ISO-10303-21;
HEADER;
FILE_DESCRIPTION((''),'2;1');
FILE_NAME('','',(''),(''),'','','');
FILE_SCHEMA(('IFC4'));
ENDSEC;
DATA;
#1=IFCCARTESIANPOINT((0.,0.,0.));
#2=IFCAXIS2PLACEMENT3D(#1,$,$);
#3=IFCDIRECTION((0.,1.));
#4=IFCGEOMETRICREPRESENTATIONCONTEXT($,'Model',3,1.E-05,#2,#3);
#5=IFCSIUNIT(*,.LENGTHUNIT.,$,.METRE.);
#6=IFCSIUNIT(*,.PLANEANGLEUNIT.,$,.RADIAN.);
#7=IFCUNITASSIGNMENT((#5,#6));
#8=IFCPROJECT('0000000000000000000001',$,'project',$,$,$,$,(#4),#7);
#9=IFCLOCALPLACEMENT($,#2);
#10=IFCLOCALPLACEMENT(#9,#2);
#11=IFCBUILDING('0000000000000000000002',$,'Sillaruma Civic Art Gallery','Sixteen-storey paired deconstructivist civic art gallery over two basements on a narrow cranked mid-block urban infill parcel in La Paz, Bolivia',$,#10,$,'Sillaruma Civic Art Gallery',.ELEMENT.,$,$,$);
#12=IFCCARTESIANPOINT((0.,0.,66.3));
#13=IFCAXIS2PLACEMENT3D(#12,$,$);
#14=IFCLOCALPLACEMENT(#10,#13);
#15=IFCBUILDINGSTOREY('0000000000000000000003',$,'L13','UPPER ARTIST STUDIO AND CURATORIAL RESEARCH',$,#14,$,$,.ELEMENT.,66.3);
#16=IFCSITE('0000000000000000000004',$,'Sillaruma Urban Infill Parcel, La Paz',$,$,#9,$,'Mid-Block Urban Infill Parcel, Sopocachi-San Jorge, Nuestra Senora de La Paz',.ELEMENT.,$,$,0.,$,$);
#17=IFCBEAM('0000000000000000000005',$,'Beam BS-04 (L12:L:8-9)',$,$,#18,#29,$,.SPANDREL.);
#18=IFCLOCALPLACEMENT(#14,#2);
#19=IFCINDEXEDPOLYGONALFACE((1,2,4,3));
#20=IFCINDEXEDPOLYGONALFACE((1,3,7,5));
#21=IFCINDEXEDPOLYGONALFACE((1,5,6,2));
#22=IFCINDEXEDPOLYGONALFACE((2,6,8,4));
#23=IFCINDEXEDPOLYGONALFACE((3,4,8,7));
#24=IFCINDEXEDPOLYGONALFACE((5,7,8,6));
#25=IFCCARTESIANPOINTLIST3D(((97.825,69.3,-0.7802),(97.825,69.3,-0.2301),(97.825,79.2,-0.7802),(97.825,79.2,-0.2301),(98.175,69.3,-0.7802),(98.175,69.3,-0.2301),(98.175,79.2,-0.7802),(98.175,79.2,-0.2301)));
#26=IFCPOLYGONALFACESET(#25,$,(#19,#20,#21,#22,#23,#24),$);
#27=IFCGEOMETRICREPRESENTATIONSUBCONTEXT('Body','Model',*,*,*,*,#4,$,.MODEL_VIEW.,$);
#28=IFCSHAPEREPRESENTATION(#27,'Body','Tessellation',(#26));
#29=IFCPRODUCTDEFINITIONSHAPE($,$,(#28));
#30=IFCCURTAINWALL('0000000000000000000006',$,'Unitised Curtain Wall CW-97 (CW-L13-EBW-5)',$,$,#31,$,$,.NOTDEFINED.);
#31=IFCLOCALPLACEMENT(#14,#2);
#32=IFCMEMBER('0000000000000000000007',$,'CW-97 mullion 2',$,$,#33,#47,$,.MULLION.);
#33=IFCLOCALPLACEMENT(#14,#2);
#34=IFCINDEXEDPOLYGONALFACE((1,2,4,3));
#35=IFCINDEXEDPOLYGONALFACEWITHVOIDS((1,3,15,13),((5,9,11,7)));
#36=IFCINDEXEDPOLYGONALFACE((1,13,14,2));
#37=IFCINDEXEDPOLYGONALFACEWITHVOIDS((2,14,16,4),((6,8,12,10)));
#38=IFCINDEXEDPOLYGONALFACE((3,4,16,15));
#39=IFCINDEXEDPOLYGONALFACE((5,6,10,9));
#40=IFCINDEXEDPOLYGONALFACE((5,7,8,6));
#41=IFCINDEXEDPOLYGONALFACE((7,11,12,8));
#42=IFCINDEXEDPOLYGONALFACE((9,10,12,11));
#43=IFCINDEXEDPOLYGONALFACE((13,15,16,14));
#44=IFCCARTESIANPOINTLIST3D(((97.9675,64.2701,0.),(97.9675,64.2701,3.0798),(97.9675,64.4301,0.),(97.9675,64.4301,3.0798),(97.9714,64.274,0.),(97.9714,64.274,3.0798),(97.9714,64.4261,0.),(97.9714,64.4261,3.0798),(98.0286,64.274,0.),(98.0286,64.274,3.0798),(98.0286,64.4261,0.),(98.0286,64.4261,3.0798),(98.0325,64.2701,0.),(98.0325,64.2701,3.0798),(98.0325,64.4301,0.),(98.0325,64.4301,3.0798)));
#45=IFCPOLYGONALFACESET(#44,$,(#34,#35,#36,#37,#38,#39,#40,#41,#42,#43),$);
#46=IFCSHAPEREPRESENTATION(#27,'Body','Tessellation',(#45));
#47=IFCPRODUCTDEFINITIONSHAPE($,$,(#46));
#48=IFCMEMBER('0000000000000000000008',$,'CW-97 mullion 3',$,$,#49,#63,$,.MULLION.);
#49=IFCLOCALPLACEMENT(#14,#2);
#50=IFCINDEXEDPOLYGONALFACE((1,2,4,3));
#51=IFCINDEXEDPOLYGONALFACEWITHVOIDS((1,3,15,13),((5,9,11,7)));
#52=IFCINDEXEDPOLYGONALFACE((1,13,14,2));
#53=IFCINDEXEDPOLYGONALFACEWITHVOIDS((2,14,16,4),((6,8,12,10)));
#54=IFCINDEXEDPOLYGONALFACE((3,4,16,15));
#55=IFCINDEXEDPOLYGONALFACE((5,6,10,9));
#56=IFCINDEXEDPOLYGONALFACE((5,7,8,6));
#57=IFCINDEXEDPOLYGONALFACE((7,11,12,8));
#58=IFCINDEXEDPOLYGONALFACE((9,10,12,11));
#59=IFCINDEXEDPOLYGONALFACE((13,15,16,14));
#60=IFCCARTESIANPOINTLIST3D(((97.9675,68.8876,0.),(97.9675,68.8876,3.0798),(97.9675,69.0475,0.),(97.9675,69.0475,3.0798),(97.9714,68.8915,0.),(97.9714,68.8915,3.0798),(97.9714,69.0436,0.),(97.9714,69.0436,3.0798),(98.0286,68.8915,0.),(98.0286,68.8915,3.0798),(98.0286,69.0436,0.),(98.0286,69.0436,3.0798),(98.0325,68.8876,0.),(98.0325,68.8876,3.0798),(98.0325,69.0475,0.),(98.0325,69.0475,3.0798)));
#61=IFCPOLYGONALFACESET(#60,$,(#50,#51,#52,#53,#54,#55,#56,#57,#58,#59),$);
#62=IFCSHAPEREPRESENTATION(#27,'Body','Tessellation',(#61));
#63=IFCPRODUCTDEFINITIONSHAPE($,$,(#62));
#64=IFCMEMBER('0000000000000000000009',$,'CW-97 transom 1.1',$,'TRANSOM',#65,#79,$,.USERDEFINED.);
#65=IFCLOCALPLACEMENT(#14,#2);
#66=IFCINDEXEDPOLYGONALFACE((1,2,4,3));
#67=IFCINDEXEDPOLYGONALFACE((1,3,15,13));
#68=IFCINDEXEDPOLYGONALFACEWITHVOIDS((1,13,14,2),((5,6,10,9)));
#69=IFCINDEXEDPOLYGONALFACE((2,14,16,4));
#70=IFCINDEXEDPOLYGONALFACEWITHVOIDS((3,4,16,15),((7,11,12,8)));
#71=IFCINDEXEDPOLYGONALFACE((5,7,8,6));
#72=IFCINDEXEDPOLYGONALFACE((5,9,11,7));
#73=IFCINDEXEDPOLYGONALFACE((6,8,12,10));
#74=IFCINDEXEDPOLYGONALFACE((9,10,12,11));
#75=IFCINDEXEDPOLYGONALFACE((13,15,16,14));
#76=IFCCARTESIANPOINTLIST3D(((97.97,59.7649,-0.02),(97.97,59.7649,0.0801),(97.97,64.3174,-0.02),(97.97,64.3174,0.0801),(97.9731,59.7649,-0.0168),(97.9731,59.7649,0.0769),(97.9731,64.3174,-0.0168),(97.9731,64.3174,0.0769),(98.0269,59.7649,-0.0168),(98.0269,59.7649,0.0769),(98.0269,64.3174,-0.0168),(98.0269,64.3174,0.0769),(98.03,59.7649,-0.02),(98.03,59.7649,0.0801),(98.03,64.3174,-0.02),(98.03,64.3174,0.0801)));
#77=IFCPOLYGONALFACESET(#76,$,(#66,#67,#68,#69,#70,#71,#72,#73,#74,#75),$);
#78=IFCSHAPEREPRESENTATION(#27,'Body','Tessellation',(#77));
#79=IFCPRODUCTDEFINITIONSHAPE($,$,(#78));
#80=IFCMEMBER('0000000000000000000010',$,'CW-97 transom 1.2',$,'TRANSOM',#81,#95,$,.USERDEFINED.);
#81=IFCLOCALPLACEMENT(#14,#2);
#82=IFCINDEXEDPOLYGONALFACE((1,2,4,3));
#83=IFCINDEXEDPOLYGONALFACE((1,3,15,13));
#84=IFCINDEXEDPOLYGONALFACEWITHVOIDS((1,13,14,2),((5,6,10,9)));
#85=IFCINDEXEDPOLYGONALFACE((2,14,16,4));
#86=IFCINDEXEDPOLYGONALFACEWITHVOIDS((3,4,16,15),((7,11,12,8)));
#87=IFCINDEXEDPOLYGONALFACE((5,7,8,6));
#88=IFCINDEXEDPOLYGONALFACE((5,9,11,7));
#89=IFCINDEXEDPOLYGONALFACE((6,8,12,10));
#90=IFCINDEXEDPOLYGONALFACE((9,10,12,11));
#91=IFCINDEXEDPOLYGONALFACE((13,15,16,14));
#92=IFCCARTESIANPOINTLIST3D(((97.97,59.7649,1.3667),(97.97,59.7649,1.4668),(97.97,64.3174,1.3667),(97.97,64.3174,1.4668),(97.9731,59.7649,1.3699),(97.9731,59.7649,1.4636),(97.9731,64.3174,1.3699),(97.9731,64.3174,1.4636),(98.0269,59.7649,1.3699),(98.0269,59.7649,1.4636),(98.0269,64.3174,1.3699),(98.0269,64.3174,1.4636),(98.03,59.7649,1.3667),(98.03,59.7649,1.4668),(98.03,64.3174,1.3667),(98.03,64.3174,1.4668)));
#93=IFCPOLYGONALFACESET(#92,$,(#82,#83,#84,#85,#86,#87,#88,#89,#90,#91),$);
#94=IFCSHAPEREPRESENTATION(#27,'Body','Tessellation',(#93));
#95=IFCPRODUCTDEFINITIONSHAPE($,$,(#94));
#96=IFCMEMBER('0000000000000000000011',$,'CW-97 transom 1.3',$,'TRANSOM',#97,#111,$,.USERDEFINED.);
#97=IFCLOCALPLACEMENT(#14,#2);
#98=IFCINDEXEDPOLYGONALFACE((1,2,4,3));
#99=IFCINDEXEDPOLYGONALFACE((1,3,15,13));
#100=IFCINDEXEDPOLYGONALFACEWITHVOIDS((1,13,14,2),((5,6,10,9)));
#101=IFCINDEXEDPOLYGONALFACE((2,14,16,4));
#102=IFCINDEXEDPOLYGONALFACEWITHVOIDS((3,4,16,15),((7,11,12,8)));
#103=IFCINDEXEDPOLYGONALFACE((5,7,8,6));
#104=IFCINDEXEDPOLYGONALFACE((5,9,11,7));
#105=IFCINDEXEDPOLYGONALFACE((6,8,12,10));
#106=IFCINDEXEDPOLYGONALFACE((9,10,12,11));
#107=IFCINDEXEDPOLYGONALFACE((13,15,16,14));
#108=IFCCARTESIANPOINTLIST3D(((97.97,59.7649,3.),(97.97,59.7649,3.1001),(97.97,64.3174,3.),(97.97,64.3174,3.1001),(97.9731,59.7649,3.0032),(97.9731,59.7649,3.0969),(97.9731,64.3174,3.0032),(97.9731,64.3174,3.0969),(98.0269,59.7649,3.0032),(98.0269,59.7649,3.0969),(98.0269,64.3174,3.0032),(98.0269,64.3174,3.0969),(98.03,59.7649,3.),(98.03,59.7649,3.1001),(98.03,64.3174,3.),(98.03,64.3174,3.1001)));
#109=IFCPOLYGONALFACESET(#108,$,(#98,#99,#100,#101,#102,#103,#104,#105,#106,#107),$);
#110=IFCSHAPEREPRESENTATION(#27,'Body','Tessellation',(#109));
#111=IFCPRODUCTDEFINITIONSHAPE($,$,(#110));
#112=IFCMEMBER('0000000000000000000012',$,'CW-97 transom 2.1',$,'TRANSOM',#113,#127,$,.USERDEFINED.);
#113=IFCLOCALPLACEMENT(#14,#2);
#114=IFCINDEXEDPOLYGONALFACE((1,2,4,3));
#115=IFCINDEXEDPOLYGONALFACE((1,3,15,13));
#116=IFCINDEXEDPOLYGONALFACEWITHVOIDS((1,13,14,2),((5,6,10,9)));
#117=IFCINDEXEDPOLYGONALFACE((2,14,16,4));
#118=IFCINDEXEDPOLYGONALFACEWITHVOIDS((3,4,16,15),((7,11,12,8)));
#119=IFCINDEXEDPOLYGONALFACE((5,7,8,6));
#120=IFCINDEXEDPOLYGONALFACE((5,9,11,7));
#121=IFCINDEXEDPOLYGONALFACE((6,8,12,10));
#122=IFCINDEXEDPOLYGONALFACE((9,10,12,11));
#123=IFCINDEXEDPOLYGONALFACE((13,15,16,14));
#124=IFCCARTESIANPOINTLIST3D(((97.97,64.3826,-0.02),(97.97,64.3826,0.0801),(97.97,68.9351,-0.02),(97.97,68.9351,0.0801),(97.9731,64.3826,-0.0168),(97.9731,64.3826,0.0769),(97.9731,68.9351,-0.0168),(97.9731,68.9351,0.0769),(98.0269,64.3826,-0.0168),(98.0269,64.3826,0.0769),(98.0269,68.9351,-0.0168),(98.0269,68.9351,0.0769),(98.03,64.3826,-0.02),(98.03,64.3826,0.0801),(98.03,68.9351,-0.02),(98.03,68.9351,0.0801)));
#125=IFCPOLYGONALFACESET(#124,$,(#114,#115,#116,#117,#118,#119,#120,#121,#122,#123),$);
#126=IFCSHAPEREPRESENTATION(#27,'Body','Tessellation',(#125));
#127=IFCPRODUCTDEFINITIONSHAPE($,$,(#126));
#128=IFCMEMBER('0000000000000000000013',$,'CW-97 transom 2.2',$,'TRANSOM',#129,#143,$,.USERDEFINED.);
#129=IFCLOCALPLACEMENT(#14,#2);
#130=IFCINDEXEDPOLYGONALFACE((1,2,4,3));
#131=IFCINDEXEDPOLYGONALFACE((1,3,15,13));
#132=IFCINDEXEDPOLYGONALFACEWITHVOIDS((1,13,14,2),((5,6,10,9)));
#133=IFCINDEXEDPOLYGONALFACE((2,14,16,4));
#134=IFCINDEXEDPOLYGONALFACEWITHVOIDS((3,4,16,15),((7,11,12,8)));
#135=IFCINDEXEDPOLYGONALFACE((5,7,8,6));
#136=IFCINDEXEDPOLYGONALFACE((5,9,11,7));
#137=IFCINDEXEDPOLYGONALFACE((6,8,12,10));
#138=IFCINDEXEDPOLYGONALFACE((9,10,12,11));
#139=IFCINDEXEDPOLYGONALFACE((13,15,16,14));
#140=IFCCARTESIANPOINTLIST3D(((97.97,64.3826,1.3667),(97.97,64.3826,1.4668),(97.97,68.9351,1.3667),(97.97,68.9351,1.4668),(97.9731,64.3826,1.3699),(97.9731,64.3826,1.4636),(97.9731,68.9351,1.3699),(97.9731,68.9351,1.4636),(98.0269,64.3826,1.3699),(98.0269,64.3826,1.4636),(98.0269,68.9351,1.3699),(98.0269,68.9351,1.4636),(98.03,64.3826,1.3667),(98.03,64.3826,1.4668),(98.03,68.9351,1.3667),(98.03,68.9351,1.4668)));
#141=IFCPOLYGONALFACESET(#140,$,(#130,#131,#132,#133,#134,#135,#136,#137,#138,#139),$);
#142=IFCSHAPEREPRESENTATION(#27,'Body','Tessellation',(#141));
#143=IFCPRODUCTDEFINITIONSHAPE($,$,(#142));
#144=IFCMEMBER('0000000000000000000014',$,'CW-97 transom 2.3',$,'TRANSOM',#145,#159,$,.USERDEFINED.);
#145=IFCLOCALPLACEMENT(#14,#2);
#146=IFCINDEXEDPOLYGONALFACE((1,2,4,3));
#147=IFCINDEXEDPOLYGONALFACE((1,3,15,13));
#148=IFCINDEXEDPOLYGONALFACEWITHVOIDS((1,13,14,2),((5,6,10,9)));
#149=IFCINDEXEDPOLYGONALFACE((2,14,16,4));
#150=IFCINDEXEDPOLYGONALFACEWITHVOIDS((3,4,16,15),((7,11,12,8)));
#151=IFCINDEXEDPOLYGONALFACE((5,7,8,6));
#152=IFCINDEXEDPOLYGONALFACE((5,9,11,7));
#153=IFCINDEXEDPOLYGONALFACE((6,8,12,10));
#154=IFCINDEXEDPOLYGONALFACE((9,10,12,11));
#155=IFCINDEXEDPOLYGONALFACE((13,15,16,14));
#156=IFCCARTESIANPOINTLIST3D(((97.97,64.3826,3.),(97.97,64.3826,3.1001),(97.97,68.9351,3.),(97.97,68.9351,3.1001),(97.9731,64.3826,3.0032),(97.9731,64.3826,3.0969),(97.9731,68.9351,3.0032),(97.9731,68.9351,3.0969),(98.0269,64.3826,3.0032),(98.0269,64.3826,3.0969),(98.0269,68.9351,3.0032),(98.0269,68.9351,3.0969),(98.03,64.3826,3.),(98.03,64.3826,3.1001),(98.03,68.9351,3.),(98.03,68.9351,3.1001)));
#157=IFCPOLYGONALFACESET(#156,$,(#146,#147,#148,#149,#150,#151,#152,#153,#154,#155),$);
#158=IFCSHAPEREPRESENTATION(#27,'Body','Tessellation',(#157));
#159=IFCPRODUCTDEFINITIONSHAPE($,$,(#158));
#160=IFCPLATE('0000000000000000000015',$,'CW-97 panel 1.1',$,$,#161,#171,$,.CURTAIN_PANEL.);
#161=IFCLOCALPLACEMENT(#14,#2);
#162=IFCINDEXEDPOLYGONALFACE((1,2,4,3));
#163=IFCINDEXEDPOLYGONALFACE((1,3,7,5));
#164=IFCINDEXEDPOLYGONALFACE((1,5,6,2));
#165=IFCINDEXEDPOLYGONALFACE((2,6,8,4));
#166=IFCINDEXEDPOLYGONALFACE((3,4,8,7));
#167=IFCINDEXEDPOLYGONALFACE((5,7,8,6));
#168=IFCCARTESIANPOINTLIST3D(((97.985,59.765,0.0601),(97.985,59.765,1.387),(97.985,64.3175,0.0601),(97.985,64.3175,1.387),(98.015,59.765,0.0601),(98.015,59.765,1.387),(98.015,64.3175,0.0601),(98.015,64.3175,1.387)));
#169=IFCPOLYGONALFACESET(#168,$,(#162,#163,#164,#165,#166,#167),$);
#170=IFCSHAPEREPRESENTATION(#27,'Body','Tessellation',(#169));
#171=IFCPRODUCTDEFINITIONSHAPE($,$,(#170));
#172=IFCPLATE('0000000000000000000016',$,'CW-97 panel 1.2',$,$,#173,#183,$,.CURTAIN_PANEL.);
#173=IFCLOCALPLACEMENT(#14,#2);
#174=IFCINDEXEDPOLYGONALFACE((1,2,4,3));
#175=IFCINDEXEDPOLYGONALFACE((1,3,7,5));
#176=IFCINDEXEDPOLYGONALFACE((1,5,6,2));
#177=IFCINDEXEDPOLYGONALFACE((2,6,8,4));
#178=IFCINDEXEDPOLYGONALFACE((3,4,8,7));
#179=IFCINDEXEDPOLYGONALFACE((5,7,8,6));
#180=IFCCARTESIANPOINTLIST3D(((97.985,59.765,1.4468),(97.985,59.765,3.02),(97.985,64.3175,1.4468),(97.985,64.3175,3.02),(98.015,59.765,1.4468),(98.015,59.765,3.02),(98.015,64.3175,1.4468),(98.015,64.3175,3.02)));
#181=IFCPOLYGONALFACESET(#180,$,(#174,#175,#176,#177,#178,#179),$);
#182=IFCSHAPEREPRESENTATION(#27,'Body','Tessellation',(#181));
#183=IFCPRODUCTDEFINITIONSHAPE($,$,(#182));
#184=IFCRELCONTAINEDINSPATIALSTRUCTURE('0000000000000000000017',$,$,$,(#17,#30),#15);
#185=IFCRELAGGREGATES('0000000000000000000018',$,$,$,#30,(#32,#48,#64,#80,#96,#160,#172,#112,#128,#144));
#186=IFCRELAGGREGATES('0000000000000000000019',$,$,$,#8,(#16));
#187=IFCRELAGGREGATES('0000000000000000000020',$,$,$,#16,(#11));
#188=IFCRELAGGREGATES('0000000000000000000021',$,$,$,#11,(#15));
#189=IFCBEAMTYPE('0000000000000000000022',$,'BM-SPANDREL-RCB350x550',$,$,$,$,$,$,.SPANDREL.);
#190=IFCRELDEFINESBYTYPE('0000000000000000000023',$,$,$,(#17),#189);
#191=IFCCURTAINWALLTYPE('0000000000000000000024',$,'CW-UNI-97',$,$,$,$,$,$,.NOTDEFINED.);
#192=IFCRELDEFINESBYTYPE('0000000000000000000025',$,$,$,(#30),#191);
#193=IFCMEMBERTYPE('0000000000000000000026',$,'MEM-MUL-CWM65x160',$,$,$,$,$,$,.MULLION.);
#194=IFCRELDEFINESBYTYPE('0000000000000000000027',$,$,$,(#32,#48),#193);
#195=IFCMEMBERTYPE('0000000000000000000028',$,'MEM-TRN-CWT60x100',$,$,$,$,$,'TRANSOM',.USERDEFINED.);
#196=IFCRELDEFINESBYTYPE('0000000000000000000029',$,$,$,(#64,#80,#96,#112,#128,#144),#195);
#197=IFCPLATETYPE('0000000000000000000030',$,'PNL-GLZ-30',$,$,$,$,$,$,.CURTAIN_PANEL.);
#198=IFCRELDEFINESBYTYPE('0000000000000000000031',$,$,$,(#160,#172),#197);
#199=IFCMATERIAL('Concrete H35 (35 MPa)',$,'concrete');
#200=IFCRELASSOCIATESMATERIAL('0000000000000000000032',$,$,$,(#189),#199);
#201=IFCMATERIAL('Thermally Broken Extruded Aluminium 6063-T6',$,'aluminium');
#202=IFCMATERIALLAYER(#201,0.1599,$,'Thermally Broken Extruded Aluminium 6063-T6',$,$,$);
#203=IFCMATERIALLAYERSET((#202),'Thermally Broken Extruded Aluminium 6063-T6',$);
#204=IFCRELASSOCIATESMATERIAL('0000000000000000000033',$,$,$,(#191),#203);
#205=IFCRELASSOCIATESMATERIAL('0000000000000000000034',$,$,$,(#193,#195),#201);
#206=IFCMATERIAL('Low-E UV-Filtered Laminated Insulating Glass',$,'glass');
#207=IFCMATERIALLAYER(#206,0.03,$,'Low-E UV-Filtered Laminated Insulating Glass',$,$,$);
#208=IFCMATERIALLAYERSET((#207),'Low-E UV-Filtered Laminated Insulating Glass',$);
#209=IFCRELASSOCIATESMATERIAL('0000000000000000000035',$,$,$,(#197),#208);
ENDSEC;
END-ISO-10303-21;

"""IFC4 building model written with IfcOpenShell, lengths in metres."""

from ifc_helpers import new_model, si_unit, direction, frame, origin, origin_2d, place, context, subcontext, project, spatial, rectangle, hollow_rectangle, extrude, material, layer, layer_set, material_profile, profile_set, type_object, element, aggregate, save


model = new_model("IFC4")

# Units and contexts
model_context = context("Model", 3, precision=1e-05, world=origin(), true_north=direction((0.0, 1.0)))
body_context = subcontext(model_context, "Body", "Model", "MODEL_VIEW")
ifc_project = project(units=[si_unit("LENGTHUNIT", "METRE"), si_unit("PLANEANGLEUNIT", "RADIAN")], contexts=[model_context])

# Site, building, storey
site_placement = place(None, origin())
site = spatial("IfcSite", under=ifc_project, at=site_placement, Name="Sillaruma Urban Infill Parcel, La Paz", LongName="Mid-Block Urban Infill Parcel, Sopocachi-San Jorge, Nuestra Senora de La Paz", CompositionType="ELEMENT", RefElevation=0.0)
building_placement = place(site_placement, origin())
building = spatial("IfcBuilding", under=site, at=building_placement, Name="Sillaruma Civic Art Gallery", Description="Sixteen-storey paired deconstructivist civic art gallery over two basements on a narrow cranked mid-block urban infill parcel in La Paz, Bolivia", LongName="Sillaruma Civic Art Gallery", CompositionType="ELEMENT")
storey_placement = place(building_placement, frame((0.0, 0.0, 66.3)))
storey = spatial("IfcBuildingStorey", under=building, at=storey_placement, Name="L13", Description="UPPER ARTIST STUDIO AND CURATORIAL RESEARCH", CompositionType="ELEMENT", Elevation=66.3)

# Beam
ifc_material_1 = material(Name="Concrete H35 (35 MPa)", Category="concrete")
ifc_material_profile_1 = material_profile(ifc_material_1, rectangle(XDim=0.3501, YDim=0.55, at=origin_2d()), Name="RCB350x550")
ifc_profile_set_1 = profile_set([ifc_material_profile_1], Name="Concrete H35 (35 MPa)")
beam_type_1 = type_object("IfcBeamType", Name="BM-SPANDREL-RCB350x550", PredefinedType="SPANDREL", material=ifc_profile_set_1)
beam_placement = place(storey_placement, frame((98.0, 69.3, -0.5051), z_axis=(0.0, 1.0, 0.0), x_axis=(-1.0, 0.0, 0.0)))
element("IfcBeam", 1, at=beam_placement, inside=storey, type_object=beam_type_1, Name="Beam BS-04 (L12:L:8-9)", PredefinedType="SPANDREL", context=body_context, shape_type="SweptSolid", body=[
    extrude(rectangle(XDim=0.3501, YDim=0.55, at=origin_2d()), origin(), (0.0, 0.0, 1.0), 9.8999),
])

# Curtain wall, members, plates
ifc_material_2 = material(Name="Thermally Broken Extruded Aluminium 6063-T6", Category="aluminium")
ifc_layer_1 = layer(ifc_material_2, 0.1599, Name="Thermally Broken Extruded Aluminium 6063-T6")
ifc_layer_set_1 = layer_set([ifc_layer_1], Name="Thermally Broken Extruded Aluminium 6063-T6")
curtain_wall_type = type_object("IfcCurtainWallType", Name="CW-UNI-97", PredefinedType="NOTDEFINED", material=ifc_layer_set_1)
curtain_wall_placement = place(storey_placement, origin())
curtain_wall = element("IfcCurtainWall", 2, at=curtain_wall_placement, inside=storey, type_object=curtain_wall_type, Name="Unitised Curtain Wall CW-97 (CW-L13-EBW-5)", PredefinedType="NOTDEFINED")
ifc_material_profile_2 = material_profile(ifc_material_2, hollow_rectangle(XDim=0.0649, YDim=0.1599, WallThickness=0.0039, at=origin_2d()), Name="CWM65x160")
ifc_profile_set_2 = profile_set([ifc_material_profile_2], Name="Thermally Broken Extruded Aluminium 6063-T6")
member_type_1 = type_object("IfcMemberType", Name="MEM-MUL-CWM65x160", PredefinedType="MULLION", material=ifc_profile_set_2)
member_1_placement = place(storey_placement, frame((98.0, 64.3501, 0.0), z_axis=(0.0, 0.0, 1.0), x_axis=(-1.0, 0.0, 0.0)))
member_1 = element("IfcMember", 3, at=member_1_placement, type_object=member_type_1, Name="CW-97 mullion 2", PredefinedType="MULLION", context=body_context, shape_type="SweptSolid", body=[
    extrude(hollow_rectangle(XDim=0.0649, YDim=0.1599, WallThickness=0.0039, at=origin_2d()), origin(), (0.0, 0.0, 1.0), 3.0798),
])
member_2_placement = place(storey_placement, frame((98.0, 68.9675, 0.0), z_axis=(0.0, 0.0, 1.0), x_axis=(-1.0, 0.0, 0.0)))
member_2 = element("IfcMember", 4, at=member_2_placement, type_object=member_type_1, Name="CW-97 mullion 3", PredefinedType="MULLION", context=body_context, shape_type="SweptSolid", body=[
    extrude(hollow_rectangle(XDim=0.0649, YDim=0.1599, WallThickness=0.0039, at=origin_2d()), origin(), (0.0, 0.0, 1.0), 3.0798),
])
ifc_material_profile_3 = material_profile(ifc_material_2, hollow_rectangle(XDim=0.0601, YDim=0.1001, WallThickness=0.0032, at=origin_2d()), Name="CWT60x100")
ifc_profile_set_3 = profile_set([ifc_material_profile_3], Name="Thermally Broken Extruded Aluminium 6063-T6")
member_type_2 = type_object("IfcMemberType", Name="MEM-TRN-CWT60x100", ElementType="TRANSOM", PredefinedType="USERDEFINED", material=ifc_profile_set_3)
member_3_placement = place(storey_placement, frame((98.0, 59.7649, 0.03), z_axis=(0.0, 1.0, 0.0), x_axis=(-1.0, 0.0, 0.0)))
member_3 = element("IfcMember", 5, at=member_3_placement, type_object=member_type_2, Name="CW-97 transom 1.1", ObjectType="TRANSOM", PredefinedType="USERDEFINED", context=body_context, shape_type="SweptSolid", body=[
    extrude(hollow_rectangle(XDim=0.0601, YDim=0.1001, WallThickness=0.0032, at=origin_2d()), origin(), (0.0, 0.0, 1.0), 4.5525),
])
member_4_placement = place(storey_placement, frame((98.0, 59.7649, 1.4167), z_axis=(0.0, 1.0, 0.0), x_axis=(-1.0, 0.0, 0.0)))
member_4 = element("IfcMember", 6, at=member_4_placement, type_object=member_type_2, Name="CW-97 transom 1.2", ObjectType="TRANSOM", PredefinedType="USERDEFINED", context=body_context, shape_type="SweptSolid", body=[
    extrude(hollow_rectangle(XDim=0.0601, YDim=0.1001, WallThickness=0.0032, at=origin_2d()), origin(), (0.0, 0.0, 1.0), 4.5525),
])
member_5_placement = place(storey_placement, frame((98.0, 59.7649, 3.05), z_axis=(0.0, 1.0, 0.0), x_axis=(-1.0, 0.0, 0.0)))
member_5 = element("IfcMember", 7, at=member_5_placement, type_object=member_type_2, Name="CW-97 transom 1.3", ObjectType="TRANSOM", PredefinedType="USERDEFINED", context=body_context, shape_type="SweptSolid", body=[
    extrude(hollow_rectangle(XDim=0.0601, YDim=0.1001, WallThickness=0.0032, at=origin_2d()), origin(), (0.0, 0.0, 1.0), 4.5525),
])
member_6_placement = place(storey_placement, frame((98.0, 64.3826, 0.03), z_axis=(0.0, 1.0, 0.0), x_axis=(-1.0, 0.0, 0.0)))
member_6 = element("IfcMember", 8, at=member_6_placement, type_object=member_type_2, Name="CW-97 transom 2.1", ObjectType="TRANSOM", PredefinedType="USERDEFINED", context=body_context, shape_type="SweptSolid", body=[
    extrude(hollow_rectangle(XDim=0.0601, YDim=0.1001, WallThickness=0.0032, at=origin_2d()), origin(), (0.0, 0.0, 1.0), 4.5525),
])
member_7_placement = place(storey_placement, frame((98.0, 64.3826, 1.4167), z_axis=(0.0, 1.0, 0.0), x_axis=(-1.0, 0.0, 0.0)))
member_7 = element("IfcMember", 9, at=member_7_placement, type_object=member_type_2, Name="CW-97 transom 2.2", ObjectType="TRANSOM", PredefinedType="USERDEFINED", context=body_context, shape_type="SweptSolid", body=[
    extrude(hollow_rectangle(XDim=0.0601, YDim=0.1001, WallThickness=0.0032, at=origin_2d()), origin(), (0.0, 0.0, 1.0), 4.5525),
])
member_8_placement = place(storey_placement, frame((98.0, 64.3826, 3.05), z_axis=(0.0, 1.0, 0.0), x_axis=(-1.0, 0.0, 0.0)))
member_8 = element("IfcMember", 10, at=member_8_placement, type_object=member_type_2, Name="CW-97 transom 2.3", ObjectType="TRANSOM", PredefinedType="USERDEFINED", context=body_context, shape_type="SweptSolid", body=[
    extrude(hollow_rectangle(XDim=0.0601, YDim=0.1001, WallThickness=0.0032, at=origin_2d()), origin(), (0.0, 0.0, 1.0), 4.5525),
])
ifc_material_3 = material(Name="Low-E UV-Filtered Laminated Insulating Glass", Category="glass")
ifc_layer_2 = layer(ifc_material_3, 0.03, Name="Low-E UV-Filtered Laminated Insulating Glass")
ifc_layer_set_2 = layer_set([ifc_layer_2], Name="Low-E UV-Filtered Laminated Insulating Glass")
plate_type = type_object("IfcPlateType", Name="PNL-GLZ-30", PredefinedType="CURTAIN_PANEL", material=ifc_layer_set_2)
plate_1_placement = place(storey_placement, frame((98.0, 62.0413, 0.0601), z_axis=(0.0, 0.0, 1.0), x_axis=(0.0, 1.0, 0.0)))
plate_1 = element("IfcPlate", 11, at=plate_1_placement, type_object=plate_type, Name="CW-97 panel 1.1", PredefinedType="CURTAIN_PANEL", context=body_context, shape_type="SweptSolid", body=[
    extrude(rectangle(XDim=4.5525, YDim=0.03, at=origin_2d()), origin(), (0.0, 0.0, 1.0), 1.3269),
])
plate_2_placement = place(storey_placement, frame((98.0, 62.0413, 1.4468), z_axis=(0.0, 0.0, 1.0), x_axis=(0.0, 1.0, 0.0)))
plate_2 = element("IfcPlate", 12, at=plate_2_placement, type_object=plate_type, Name="CW-97 panel 1.2", PredefinedType="CURTAIN_PANEL", context=body_context, shape_type="SweptSolid", body=[
    extrude(rectangle(XDim=4.5525, YDim=0.03, at=origin_2d()), origin(), (0.0, 0.0, 1.0), 1.5732),
])
aggregate(curtain_wall, [member_1, member_2, member_3, member_4, member_5, plate_1, plate_2, member_6, member_7, member_8])

save(model, "model.ifc")
